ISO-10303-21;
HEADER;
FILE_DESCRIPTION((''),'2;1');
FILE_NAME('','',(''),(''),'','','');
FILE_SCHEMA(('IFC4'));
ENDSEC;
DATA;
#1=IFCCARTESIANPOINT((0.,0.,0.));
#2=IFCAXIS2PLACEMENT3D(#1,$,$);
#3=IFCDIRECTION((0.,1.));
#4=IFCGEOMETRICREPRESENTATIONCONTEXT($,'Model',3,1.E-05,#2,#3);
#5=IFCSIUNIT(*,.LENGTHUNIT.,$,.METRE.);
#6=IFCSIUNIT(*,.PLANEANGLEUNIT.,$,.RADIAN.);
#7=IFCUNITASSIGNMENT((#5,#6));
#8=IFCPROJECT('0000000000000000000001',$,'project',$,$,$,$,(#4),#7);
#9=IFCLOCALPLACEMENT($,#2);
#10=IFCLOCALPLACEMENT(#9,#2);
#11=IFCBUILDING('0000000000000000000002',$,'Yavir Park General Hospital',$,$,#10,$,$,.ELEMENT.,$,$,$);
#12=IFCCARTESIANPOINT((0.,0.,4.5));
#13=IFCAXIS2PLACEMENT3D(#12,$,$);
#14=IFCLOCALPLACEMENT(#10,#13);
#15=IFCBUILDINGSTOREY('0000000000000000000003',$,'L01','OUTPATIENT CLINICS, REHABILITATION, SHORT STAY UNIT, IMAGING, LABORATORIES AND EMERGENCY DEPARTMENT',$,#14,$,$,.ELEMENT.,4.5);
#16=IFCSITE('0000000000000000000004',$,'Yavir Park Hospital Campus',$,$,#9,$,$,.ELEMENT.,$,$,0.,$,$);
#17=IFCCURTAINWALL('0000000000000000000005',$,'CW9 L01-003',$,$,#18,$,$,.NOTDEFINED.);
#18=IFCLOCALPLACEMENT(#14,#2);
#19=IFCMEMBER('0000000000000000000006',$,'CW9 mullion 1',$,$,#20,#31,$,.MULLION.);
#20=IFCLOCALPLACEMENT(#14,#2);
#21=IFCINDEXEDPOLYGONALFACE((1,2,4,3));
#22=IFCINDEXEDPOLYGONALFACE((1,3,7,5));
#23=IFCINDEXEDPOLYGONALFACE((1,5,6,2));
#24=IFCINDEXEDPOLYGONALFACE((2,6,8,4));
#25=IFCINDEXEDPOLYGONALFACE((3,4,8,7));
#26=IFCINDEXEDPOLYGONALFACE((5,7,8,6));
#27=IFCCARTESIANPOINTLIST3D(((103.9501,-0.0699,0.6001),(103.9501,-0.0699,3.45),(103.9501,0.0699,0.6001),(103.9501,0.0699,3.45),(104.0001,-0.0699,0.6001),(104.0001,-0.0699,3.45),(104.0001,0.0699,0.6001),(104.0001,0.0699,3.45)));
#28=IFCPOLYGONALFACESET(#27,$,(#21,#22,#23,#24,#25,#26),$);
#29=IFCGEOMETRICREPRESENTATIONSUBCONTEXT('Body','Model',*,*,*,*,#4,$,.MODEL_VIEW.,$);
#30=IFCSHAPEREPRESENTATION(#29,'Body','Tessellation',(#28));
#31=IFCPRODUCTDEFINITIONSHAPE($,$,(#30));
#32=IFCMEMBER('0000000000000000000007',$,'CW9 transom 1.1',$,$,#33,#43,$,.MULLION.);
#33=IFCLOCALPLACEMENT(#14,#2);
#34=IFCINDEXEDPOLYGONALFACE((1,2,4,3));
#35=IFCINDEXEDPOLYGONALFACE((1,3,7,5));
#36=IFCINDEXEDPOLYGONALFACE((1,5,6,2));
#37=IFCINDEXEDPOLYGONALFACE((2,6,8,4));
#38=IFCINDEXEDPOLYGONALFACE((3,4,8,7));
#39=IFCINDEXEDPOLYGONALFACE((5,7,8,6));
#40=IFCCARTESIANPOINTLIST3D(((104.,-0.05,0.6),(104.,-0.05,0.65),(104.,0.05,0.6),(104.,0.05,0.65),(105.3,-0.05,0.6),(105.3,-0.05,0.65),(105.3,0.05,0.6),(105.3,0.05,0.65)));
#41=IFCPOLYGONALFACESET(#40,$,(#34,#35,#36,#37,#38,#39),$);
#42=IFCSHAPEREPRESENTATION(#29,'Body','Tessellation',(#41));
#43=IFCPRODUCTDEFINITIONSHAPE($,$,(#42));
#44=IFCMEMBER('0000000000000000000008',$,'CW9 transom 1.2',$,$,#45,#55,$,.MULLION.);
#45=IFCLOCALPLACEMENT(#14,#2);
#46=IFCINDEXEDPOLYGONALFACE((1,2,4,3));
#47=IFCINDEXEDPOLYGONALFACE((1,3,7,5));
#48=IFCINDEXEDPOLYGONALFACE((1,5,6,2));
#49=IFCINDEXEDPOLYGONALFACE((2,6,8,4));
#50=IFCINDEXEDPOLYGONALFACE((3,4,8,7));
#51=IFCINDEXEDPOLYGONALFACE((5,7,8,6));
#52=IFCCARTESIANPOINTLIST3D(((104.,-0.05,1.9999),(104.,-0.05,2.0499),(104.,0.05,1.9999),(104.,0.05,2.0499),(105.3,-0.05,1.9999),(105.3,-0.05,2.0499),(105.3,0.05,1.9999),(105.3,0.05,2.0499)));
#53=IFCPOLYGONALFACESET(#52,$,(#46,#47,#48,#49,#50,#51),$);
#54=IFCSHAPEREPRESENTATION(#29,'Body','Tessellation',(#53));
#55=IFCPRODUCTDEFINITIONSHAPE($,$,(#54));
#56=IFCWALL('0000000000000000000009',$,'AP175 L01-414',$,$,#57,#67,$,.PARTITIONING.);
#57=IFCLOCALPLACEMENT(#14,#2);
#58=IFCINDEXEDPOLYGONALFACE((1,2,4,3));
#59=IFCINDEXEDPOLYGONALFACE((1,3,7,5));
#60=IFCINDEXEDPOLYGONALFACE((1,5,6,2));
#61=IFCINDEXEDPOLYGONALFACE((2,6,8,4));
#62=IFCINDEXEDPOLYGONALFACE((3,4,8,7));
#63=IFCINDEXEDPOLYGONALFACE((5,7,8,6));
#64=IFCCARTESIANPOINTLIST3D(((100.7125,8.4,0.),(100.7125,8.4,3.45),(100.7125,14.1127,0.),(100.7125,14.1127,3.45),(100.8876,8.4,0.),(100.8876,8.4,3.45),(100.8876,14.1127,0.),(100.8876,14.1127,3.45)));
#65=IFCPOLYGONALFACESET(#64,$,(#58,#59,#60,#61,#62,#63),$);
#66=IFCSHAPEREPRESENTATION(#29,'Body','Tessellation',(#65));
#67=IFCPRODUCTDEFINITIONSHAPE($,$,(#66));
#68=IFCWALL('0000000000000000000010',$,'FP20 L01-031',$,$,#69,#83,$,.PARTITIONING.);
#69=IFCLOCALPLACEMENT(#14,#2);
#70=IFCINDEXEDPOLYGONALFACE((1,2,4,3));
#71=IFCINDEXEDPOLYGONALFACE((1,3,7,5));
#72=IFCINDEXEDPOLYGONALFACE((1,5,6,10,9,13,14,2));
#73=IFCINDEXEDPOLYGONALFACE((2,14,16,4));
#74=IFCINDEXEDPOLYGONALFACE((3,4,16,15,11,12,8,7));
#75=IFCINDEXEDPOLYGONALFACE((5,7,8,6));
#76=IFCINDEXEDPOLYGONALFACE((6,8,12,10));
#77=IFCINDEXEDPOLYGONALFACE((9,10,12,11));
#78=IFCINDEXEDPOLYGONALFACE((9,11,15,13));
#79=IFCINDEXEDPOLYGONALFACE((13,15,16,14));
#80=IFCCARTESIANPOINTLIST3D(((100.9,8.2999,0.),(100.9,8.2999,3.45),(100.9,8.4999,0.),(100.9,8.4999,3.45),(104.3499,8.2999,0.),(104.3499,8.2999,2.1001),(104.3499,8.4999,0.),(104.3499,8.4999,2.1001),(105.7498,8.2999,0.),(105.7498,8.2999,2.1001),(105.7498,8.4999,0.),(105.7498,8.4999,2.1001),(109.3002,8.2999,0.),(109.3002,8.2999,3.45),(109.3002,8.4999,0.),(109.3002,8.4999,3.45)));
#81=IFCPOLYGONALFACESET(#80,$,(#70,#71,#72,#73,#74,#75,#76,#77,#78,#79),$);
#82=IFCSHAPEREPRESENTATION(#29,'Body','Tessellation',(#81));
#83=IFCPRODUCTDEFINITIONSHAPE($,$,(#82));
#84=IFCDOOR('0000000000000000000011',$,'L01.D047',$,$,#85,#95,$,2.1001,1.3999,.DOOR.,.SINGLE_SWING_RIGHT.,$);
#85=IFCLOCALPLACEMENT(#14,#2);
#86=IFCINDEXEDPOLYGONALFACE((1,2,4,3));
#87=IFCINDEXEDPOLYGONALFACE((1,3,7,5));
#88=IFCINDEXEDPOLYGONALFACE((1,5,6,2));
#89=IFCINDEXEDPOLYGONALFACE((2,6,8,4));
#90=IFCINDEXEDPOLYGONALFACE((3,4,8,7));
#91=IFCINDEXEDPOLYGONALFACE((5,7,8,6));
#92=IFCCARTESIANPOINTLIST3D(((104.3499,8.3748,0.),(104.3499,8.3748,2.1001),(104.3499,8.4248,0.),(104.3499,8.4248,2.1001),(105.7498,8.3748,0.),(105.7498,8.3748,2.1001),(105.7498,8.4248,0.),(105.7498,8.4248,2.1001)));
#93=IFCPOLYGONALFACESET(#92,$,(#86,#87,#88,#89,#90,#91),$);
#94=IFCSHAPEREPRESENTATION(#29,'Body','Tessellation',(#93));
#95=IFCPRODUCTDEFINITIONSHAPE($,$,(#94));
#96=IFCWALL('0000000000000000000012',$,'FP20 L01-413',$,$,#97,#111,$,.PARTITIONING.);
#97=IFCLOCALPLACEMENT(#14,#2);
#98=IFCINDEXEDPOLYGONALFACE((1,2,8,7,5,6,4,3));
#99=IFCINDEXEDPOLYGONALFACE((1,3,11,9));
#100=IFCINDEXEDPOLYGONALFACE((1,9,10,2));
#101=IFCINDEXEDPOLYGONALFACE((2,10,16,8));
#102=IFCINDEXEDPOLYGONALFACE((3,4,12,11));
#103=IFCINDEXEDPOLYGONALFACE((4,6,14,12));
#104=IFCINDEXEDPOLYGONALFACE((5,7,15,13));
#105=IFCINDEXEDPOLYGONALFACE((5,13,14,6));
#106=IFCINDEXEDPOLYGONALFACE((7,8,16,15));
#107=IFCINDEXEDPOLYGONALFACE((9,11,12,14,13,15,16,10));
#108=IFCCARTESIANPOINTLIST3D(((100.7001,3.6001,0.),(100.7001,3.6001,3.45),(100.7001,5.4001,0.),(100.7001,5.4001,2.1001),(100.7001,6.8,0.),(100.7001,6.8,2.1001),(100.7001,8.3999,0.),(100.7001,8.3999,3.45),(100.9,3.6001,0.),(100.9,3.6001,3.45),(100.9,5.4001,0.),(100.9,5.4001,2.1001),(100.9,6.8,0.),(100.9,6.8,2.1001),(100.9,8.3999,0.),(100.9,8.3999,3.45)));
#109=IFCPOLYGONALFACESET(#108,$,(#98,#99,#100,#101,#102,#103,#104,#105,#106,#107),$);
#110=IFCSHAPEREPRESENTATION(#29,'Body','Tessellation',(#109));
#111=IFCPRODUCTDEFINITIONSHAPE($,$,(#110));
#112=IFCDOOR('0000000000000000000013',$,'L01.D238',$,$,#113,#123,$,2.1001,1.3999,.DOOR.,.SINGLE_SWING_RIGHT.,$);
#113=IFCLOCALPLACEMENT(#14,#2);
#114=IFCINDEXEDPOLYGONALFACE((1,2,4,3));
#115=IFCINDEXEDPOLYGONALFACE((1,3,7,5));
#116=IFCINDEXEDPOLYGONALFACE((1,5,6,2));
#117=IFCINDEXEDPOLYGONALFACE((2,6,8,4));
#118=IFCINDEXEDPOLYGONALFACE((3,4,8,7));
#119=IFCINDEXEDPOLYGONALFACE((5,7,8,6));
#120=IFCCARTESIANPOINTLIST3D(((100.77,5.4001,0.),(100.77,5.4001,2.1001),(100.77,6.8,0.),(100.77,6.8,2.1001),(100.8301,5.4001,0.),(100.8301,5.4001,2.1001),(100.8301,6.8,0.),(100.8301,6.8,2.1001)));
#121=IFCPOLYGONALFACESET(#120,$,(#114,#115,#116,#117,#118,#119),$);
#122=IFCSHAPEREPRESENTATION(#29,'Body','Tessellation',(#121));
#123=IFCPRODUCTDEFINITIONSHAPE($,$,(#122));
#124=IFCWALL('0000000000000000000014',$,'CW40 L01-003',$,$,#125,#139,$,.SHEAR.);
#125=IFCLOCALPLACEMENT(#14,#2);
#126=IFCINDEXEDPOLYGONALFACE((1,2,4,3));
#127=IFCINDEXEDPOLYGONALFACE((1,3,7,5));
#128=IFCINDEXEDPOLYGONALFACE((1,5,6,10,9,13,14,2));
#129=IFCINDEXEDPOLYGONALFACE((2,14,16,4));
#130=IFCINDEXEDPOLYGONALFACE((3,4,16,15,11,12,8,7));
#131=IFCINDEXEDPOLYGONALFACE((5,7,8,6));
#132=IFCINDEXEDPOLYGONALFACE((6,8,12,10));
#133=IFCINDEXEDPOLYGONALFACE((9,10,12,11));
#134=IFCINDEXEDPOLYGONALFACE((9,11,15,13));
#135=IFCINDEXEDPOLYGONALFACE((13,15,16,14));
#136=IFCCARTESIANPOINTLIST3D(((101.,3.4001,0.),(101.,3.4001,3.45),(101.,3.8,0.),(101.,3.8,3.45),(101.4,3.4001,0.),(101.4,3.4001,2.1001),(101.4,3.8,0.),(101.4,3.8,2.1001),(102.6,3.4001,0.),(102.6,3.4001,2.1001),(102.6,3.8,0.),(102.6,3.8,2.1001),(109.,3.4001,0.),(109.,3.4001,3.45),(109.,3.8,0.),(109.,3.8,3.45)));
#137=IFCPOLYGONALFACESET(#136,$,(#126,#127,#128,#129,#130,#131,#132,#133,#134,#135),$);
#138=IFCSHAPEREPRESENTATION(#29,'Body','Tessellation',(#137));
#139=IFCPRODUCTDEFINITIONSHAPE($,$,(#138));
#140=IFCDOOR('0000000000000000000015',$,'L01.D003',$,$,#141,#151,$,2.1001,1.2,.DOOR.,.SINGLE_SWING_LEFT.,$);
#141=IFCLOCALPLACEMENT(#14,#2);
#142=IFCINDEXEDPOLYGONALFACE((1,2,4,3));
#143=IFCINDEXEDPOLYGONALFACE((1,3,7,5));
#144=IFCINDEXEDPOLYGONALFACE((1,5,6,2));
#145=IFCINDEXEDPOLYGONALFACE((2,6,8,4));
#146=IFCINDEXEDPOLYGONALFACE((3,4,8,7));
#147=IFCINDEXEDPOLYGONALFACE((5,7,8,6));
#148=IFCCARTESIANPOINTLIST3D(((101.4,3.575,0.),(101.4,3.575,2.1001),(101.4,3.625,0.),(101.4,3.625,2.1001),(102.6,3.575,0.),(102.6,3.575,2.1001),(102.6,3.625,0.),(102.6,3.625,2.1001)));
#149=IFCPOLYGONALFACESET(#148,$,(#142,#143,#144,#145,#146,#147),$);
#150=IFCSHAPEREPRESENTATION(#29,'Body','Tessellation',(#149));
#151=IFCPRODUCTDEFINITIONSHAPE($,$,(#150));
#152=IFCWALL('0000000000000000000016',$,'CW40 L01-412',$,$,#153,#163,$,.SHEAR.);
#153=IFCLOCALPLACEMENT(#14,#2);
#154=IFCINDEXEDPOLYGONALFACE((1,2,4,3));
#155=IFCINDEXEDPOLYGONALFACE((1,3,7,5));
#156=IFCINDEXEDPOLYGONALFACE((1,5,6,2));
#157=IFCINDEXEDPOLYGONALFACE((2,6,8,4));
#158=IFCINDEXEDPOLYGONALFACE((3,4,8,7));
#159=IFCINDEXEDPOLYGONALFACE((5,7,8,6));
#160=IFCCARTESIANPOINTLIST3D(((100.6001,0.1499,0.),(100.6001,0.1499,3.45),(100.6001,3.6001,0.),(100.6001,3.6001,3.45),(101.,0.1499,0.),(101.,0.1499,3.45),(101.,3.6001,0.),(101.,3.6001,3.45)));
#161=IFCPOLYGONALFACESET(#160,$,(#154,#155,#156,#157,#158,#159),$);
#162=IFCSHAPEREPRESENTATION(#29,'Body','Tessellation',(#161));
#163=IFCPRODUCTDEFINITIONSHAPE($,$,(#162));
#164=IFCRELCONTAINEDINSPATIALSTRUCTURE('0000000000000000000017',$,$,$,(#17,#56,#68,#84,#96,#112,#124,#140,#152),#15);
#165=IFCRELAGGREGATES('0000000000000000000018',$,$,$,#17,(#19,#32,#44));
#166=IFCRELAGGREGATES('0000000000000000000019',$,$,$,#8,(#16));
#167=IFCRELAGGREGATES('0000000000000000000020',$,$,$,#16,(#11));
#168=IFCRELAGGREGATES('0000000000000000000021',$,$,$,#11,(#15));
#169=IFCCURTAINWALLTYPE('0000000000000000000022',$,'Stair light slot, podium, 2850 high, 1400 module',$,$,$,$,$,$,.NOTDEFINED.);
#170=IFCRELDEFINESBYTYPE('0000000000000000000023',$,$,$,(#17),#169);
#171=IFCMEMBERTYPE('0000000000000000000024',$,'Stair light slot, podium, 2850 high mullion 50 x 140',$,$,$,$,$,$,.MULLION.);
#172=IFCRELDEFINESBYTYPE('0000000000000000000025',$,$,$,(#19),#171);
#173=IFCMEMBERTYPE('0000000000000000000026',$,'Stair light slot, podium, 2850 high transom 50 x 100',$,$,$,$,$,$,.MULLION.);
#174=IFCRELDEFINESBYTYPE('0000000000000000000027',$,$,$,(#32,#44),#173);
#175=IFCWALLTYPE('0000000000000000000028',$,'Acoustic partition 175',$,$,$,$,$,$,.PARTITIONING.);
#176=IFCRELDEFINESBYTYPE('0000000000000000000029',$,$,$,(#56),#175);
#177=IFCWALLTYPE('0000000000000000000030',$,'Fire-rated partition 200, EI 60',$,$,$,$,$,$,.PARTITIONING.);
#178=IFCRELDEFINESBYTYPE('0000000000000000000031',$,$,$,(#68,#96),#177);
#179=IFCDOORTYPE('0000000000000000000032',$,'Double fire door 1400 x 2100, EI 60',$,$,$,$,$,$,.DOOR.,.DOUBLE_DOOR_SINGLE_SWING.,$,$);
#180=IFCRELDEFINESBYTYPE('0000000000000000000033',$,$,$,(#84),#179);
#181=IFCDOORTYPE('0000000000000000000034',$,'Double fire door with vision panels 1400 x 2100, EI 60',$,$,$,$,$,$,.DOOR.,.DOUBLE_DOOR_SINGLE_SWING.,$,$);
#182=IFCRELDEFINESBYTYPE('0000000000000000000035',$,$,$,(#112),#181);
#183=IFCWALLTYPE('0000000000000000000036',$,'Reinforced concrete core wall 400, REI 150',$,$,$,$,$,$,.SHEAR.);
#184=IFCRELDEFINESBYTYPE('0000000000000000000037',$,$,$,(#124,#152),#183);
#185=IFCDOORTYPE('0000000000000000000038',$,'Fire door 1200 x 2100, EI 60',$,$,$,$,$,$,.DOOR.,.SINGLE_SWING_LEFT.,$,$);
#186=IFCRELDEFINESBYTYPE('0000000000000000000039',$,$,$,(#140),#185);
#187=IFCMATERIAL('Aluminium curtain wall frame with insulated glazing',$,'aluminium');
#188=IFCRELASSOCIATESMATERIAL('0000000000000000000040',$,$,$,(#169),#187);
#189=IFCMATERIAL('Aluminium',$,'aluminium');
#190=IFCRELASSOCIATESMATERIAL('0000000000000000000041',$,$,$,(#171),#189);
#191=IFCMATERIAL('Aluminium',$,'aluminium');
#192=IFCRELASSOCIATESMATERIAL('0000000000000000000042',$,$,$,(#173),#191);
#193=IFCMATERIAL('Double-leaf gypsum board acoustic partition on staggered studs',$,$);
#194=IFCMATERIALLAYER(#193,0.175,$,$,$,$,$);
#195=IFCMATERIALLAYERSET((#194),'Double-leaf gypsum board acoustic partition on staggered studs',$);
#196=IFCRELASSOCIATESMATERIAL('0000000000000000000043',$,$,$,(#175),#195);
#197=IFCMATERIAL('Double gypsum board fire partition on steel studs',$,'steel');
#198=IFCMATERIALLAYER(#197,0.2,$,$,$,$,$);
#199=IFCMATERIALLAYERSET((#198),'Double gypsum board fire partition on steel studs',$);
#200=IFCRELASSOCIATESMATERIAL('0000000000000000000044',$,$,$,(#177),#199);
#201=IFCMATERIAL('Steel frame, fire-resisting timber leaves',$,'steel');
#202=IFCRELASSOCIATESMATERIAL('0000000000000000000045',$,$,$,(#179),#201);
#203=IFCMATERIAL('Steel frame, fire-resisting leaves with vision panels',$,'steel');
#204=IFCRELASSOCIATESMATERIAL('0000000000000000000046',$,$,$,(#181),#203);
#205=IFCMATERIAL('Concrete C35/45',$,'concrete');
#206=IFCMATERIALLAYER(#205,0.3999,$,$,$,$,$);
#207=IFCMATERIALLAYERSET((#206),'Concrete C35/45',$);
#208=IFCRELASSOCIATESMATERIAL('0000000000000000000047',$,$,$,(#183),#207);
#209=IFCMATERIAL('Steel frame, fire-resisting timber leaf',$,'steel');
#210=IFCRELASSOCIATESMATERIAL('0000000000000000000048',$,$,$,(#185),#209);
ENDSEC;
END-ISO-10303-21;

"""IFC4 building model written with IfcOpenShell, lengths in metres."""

from ifc_helpers import new_model, si_unit, direction, frame, frame_2d, origin, origin_2d, place, context, subcontext, project, spatial, rectangle, extrude, material, layer, layer_set, material_profile, profile_set, type_object, element, fill, aggregate, save


model = new_model("IFC4")

# Units and contexts
model_context = context("Model", 3, precision=1e-05, world=origin(), true_north=direction((0.0, 1.0)))
body_context = subcontext(model_context, "Body", "Model", "MODEL_VIEW")
ifc_project = project(units=[si_unit("LENGTHUNIT", "METRE"), si_unit("PLANEANGLEUNIT", "RADIAN")], contexts=[model_context])

# Site, building, storey
site_placement = place(None, origin())
site = spatial("IfcSite", under=ifc_project, at=site_placement, Name="Yavir Park Hospital Campus", CompositionType="ELEMENT", RefElevation=0.0)
building_placement = place(site_placement, origin())
building = spatial("IfcBuilding", under=site, at=building_placement, Name="Yavir Park General Hospital", CompositionType="ELEMENT")
storey_placement = place(building_placement, frame((0.0, 0.0, 4.5)))
storey = spatial("IfcBuildingStorey", under=building, at=storey_placement, Name="L01", Description="OUTPATIENT CLINICS, REHABILITATION, SHORT STAY UNIT, IMAGING, LABORATORIES AND EMERGENCY DEPARTMENT", CompositionType="ELEMENT", Elevation=4.5)

# Curtain wall, members
ifc_material_1 = material(Name="Aluminium curtain wall frame with insulated glazing", Category="aluminium")
curtain_wall_type = type_object("IfcCurtainWallType", Name="Stair light slot, podium, 2850 high, 1400 module", PredefinedType="NOTDEFINED", material=ifc_material_1)
curtain_wall_placement = place(storey_placement, origin())
curtain_wall = element("IfcCurtainWall", 1, at=curtain_wall_placement, inside=storey, type_object=curtain_wall_type, Name="CW9 L01-003", PredefinedType="NOTDEFINED")
ifc_material_2 = material(Name="Aluminium", Category="aluminium")
ifc_material_profile_1 = material_profile(ifc_material_2, rectangle(XDim=0.1399, YDim=0.05, at=origin_2d()), Name="AL 50x140")
ifc_profile_set_1 = profile_set([ifc_material_profile_1], Name="Aluminium")
member_type_1 = type_object("IfcMemberType", Name="Stair light slot, podium, 2850 high mullion 50 x 140", PredefinedType="MULLION", material=ifc_profile_set_1)
member_1_placement = place(storey_placement, frame((103.9751, 0.0, 0.6001), z_axis=(0.0, 0.0, 1.0), x_axis=(0.0, 1.0, 0.0)))
member_1 = element("IfcMember", 2, at=member_1_placement, type_object=member_type_1, Name="CW9 mullion 1", PredefinedType="MULLION", context=body_context, shape_type="SweptSolid", body=[
    extrude(rectangle(XDim=0.1399, YDim=0.05, at=origin_2d()), origin(), (0.0, 0.0, 1.0), 2.8499),
])
ifc_material_3 = material(Name="Aluminium", Category="aluminium")
ifc_material_profile_2 = material_profile(ifc_material_3, rectangle(XDim=0.1001, YDim=0.05, at=origin_2d()), Name="AL 100x50")
ifc_profile_set_2 = profile_set([ifc_material_profile_2], Name="Aluminium")
member_type_2 = type_object("IfcMemberType", Name="Stair light slot, podium, 2850 high transom 50 x 100", PredefinedType="MULLION", material=ifc_profile_set_2)
member_2_placement = place(storey_placement, frame((104.0, 0.0, 0.625), z_axis=(1.0, 0.0, 0.0), x_axis=(0.0, 1.0, 0.0)))
member_2 = element("IfcMember", 3, at=member_2_placement, type_object=member_type_2, Name="CW9 transom 1.1", PredefinedType="MULLION", context=body_context, shape_type="SweptSolid", body=[
    extrude(rectangle(XDim=0.1001, YDim=0.05, at=origin_2d()), origin(), (0.0, 0.0, 1.0), 1.3),
])
member_3_placement = place(storey_placement, frame((104.0, 0.0, 2.0249), z_axis=(1.0, 0.0, 0.0), x_axis=(0.0, 1.0, 0.0)))
member_3 = element("IfcMember", 4, at=member_3_placement, type_object=member_type_2, Name="CW9 transom 1.2", PredefinedType="MULLION", context=body_context, shape_type="SweptSolid", body=[
    extrude(rectangle(XDim=0.1001, YDim=0.05, at=origin_2d()), origin(), (0.0, 0.0, 1.0), 1.3),
])
aggregate(curtain_wall, [member_1, member_2, member_3])

# Wall
ifc_material_4 = material(Name="Double-leaf gypsum board acoustic partition on staggered studs")
ifc_layer_1 = layer(ifc_material_4, 0.175)
ifc_layer_set_1 = layer_set([ifc_layer_1], Name="Double-leaf gypsum board acoustic partition on staggered studs")
wall_type_1 = type_object("IfcWallType", Name="Acoustic partition 175", PredefinedType="PARTITIONING", material=ifc_layer_set_1)
wall_1_placement = place(storey_placement, frame((100.8, 8.3999, 0.0), z_axis=(0.0, 0.0, 1.0), x_axis=(0.0, 1.0, 0.0)))
element("IfcWall", 5, at=wall_1_placement, inside=storey, type_object=wall_type_1, Name="AP175 L01-414", PredefinedType="PARTITIONING", context=body_context, shape_type="SweptSolid", body=[
    extrude(rectangle(XDim=5.7126, YDim=0.175, at=frame_2d((2.8564, 0.0))), origin(), (0.0, 0.0, 1.0), 3.45),
])

# Walls, openings, doors
ifc_material_5 = material(Name="Double gypsum board fire partition on steel studs", Category="steel")
ifc_layer_2 = layer(ifc_material_5, 0.2)
ifc_layer_set_2 = layer_set([ifc_layer_2], Name="Double gypsum board fire partition on steel studs")
wall_type_2 = type_object("IfcWallType", Name="Fire-rated partition 200, EI 60", PredefinedType="PARTITIONING", material=ifc_layer_set_2)
wall_2_placement = place(storey_placement, frame((100.8999, 8.3999, 0.0), z_axis=(0.0, 0.0, 1.0), x_axis=(1.0, 0.0, 0.0)))
wall_2 = element("IfcWall", 6, at=wall_2_placement, inside=storey, type_object=wall_type_2, Name="FP20 L01-031", PredefinedType="PARTITIONING", context=body_context, shape_type="SweptSolid", body=[
    extrude(rectangle(XDim=8.4001, YDim=0.2, at=frame_2d((4.2002, 0.0))), origin(), (0.0, 0.0, 1.0), 3.45),
])
opening_1_placement = place(wall_2_placement, frame((3.45, 0.0, 0.0)))
opening_1 = element("IfcOpeningElement", 7, at=opening_1_placement, cuts=wall_2, PredefinedType="OPENING", context=body_context, shape_type="SweptSolid", body=[
    extrude(rectangle(XDim=1.3999, YDim=2.1001, at=frame_2d((0.7, 1.05))), frame((0.0, 0.1099, 0.0), z_axis=(0.0, -1.0, 0.0), x_axis=(1.0, 0.0, 0.0)), (0.0, 0.0, 1.0), 0.22),
])
ifc_material_6 = material(Name="Steel frame, fire-resisting timber leaves", Category="steel")
door_type_1 = type_object("IfcDoorType", Name="Double fire door 1400 x 2100, EI 60", OperationType="DOUBLE_DOOR_SINGLE_SWING", PredefinedType="DOOR", material=ifc_material_6)
door_1_placement = place(opening_1_placement, origin())
door_1 = element("IfcDoor", 8, at=door_1_placement, inside=storey, type_object=door_type_1, Name="L01.D047", OperationType="SINGLE_SWING_RIGHT", OverallHeight=2.1001, OverallWidth=1.3999, PredefinedType="DOOR", context=body_context, shape_type="SweptSolid", body=[
    extrude(rectangle(XDim=1.3999, YDim=2.1001, at=frame_2d((0.7, 1.05))), frame((0.0, 0.0249, 0.0), z_axis=(0.0, -1.0, 0.0), x_axis=(1.0, 0.0, 0.0)), (0.0, 0.0, 1.0), 0.05),
])
fill(opening_1, door_1)
wall_3_placement = place(storey_placement, frame((100.8, 3.6001, 0.0), z_axis=(0.0, 0.0, 1.0), x_axis=(0.0, 1.0, 0.0)))
wall_3 = element("IfcWall", 9, at=wall_3_placement, inside=storey, type_object=wall_type_2, Name="FP20 L01-413", PredefinedType="PARTITIONING", context=body_context, shape_type="SweptSolid", body=[
    extrude(rectangle(XDim=4.7998, YDim=0.2, at=frame_2d((2.3999, 0.0))), origin(), (0.0, 0.0, 1.0), 3.45),
])
opening_2_placement = place(wall_3_placement, frame((1.8, 0.0, 0.0)))
opening_2 = element("IfcOpeningElement", 10, at=opening_2_placement, cuts=wall_3, PredefinedType="OPENING", context=body_context, shape_type="SweptSolid", body=[
    extrude(rectangle(XDim=1.3999, YDim=2.1001, at=frame_2d((0.7, 1.05))), frame((0.0, 0.1099, 0.0), z_axis=(0.0, -1.0, 0.0), x_axis=(1.0, 0.0, 0.0)), (0.0, 0.0, 1.0), 0.22),
])
ifc_material_7 = material(Name="Steel frame, fire-resisting leaves with vision panels", Category="steel")
door_type_2 = type_object("IfcDoorType", Name="Double fire door with vision panels 1400 x 2100, EI 60", OperationType="DOUBLE_DOOR_SINGLE_SWING", PredefinedType="DOOR", material=ifc_material_7)
door_2_placement = place(opening_2_placement, origin())
door_2 = element("IfcDoor", 11, at=door_2_placement, inside=storey, type_object=door_type_2, Name="L01.D238", OperationType="SINGLE_SWING_RIGHT", OverallHeight=2.1001, OverallWidth=1.3999, PredefinedType="DOOR", context=body_context, shape_type="SweptSolid", body=[
    extrude(rectangle(XDim=1.3999, YDim=2.1001, at=frame_2d((0.7, 1.05))), frame((0.0, 0.03, 0.0), z_axis=(0.0, -1.0, 0.0), x_axis=(1.0, 0.0, 0.0)), (0.0, 0.0, 1.0), 0.0601),
])
fill(opening_2, door_2)
ifc_material_8 = material(Name="Concrete C35/45", Category="concrete")
ifc_layer_3 = layer(ifc_material_8, 0.3999)
ifc_layer_set_3 = layer_set([ifc_layer_3], Name="Concrete C35/45")
wall_type_3 = type_object("IfcWallType", Name="Reinforced concrete core wall 400, REI 150", PredefinedType="SHEAR", material=ifc_layer_set_3)
wall_4_placement = place(storey_placement, frame((101.0, 3.6001, 0.0), z_axis=(0.0, 0.0, 1.0), x_axis=(1.0, 0.0, 0.0)))
wall_4 = element("IfcWall", 12, at=wall_4_placement, inside=storey, type_object=wall_type_3, Name="CW40 L01-003", PredefinedType="SHEAR", context=body_context, shape_type="SweptSolid", body=[
    extrude(rectangle(XDim=8.0, YDim=0.3999, at=frame_2d((4.0, 0.0))), origin(), (0.0, 0.0, 1.0), 3.45),
])
opening_3_placement = place(wall_4_placement, frame((0.3999, 0.0, 0.0)))
opening_3 = element("IfcOpeningElement", 13, at=opening_3_placement, cuts=wall_4, PredefinedType="OPENING", context=body_context, shape_type="SweptSolid", body=[
    extrude(rectangle(XDim=1.2, YDim=2.1001, at=frame_2d((0.6001, 1.05))), frame((0.0, 0.21, 0.0), z_axis=(0.0, -1.0, 0.0), x_axis=(1.0, 0.0, 0.0)), (0.0, 0.0, 1.0), 0.4199),
])
ifc_material_9 = material(Name="Steel frame, fire-resisting timber leaf", Category="steel")
door_type_3 = type_object("IfcDoorType", Name="Fire door 1200 x 2100, EI 60", OperationType="SINGLE_SWING_LEFT", PredefinedType="DOOR", material=ifc_material_9)
door_3_placement = place(opening_3_placement, origin())
door_3 = element("IfcDoor", 14, at=door_3_placement, inside=storey, type_object=door_type_3, Name="L01.D003", OperationType="SINGLE_SWING_LEFT", OverallHeight=2.1001, OverallWidth=1.2, PredefinedType="DOOR", context=body_context, shape_type="SweptSolid", body=[
    extrude(rectangle(XDim=1.2, YDim=2.1001, at=frame_2d((0.6001, 1.05))), frame((0.0, 0.0249, 0.0), z_axis=(0.0, -1.0, 0.0), x_axis=(1.0, 0.0, 0.0)), (0.0, 0.0, 1.0), 0.05),
])
fill(opening_3, door_3)

# Wall
wall_5_placement = place(storey_placement, frame((100.8, 0.1499, 0.0), z_axis=(0.0, 0.0, 1.0), x_axis=(0.0, 1.0, 0.0)))
element("IfcWall", 15, at=wall_5_placement, inside=storey, type_object=wall_type_3, Name="CW40 L01-412", PredefinedType="SHEAR", context=body_context, shape_type="SweptSolid", body=[
    extrude(rectangle(XDim=3.4502, YDim=0.3999, at=frame_2d((1.7251, 0.0))), origin(), (0.0, 0.0, 1.0), 3.45),
])

save(model, "model.ifc")
